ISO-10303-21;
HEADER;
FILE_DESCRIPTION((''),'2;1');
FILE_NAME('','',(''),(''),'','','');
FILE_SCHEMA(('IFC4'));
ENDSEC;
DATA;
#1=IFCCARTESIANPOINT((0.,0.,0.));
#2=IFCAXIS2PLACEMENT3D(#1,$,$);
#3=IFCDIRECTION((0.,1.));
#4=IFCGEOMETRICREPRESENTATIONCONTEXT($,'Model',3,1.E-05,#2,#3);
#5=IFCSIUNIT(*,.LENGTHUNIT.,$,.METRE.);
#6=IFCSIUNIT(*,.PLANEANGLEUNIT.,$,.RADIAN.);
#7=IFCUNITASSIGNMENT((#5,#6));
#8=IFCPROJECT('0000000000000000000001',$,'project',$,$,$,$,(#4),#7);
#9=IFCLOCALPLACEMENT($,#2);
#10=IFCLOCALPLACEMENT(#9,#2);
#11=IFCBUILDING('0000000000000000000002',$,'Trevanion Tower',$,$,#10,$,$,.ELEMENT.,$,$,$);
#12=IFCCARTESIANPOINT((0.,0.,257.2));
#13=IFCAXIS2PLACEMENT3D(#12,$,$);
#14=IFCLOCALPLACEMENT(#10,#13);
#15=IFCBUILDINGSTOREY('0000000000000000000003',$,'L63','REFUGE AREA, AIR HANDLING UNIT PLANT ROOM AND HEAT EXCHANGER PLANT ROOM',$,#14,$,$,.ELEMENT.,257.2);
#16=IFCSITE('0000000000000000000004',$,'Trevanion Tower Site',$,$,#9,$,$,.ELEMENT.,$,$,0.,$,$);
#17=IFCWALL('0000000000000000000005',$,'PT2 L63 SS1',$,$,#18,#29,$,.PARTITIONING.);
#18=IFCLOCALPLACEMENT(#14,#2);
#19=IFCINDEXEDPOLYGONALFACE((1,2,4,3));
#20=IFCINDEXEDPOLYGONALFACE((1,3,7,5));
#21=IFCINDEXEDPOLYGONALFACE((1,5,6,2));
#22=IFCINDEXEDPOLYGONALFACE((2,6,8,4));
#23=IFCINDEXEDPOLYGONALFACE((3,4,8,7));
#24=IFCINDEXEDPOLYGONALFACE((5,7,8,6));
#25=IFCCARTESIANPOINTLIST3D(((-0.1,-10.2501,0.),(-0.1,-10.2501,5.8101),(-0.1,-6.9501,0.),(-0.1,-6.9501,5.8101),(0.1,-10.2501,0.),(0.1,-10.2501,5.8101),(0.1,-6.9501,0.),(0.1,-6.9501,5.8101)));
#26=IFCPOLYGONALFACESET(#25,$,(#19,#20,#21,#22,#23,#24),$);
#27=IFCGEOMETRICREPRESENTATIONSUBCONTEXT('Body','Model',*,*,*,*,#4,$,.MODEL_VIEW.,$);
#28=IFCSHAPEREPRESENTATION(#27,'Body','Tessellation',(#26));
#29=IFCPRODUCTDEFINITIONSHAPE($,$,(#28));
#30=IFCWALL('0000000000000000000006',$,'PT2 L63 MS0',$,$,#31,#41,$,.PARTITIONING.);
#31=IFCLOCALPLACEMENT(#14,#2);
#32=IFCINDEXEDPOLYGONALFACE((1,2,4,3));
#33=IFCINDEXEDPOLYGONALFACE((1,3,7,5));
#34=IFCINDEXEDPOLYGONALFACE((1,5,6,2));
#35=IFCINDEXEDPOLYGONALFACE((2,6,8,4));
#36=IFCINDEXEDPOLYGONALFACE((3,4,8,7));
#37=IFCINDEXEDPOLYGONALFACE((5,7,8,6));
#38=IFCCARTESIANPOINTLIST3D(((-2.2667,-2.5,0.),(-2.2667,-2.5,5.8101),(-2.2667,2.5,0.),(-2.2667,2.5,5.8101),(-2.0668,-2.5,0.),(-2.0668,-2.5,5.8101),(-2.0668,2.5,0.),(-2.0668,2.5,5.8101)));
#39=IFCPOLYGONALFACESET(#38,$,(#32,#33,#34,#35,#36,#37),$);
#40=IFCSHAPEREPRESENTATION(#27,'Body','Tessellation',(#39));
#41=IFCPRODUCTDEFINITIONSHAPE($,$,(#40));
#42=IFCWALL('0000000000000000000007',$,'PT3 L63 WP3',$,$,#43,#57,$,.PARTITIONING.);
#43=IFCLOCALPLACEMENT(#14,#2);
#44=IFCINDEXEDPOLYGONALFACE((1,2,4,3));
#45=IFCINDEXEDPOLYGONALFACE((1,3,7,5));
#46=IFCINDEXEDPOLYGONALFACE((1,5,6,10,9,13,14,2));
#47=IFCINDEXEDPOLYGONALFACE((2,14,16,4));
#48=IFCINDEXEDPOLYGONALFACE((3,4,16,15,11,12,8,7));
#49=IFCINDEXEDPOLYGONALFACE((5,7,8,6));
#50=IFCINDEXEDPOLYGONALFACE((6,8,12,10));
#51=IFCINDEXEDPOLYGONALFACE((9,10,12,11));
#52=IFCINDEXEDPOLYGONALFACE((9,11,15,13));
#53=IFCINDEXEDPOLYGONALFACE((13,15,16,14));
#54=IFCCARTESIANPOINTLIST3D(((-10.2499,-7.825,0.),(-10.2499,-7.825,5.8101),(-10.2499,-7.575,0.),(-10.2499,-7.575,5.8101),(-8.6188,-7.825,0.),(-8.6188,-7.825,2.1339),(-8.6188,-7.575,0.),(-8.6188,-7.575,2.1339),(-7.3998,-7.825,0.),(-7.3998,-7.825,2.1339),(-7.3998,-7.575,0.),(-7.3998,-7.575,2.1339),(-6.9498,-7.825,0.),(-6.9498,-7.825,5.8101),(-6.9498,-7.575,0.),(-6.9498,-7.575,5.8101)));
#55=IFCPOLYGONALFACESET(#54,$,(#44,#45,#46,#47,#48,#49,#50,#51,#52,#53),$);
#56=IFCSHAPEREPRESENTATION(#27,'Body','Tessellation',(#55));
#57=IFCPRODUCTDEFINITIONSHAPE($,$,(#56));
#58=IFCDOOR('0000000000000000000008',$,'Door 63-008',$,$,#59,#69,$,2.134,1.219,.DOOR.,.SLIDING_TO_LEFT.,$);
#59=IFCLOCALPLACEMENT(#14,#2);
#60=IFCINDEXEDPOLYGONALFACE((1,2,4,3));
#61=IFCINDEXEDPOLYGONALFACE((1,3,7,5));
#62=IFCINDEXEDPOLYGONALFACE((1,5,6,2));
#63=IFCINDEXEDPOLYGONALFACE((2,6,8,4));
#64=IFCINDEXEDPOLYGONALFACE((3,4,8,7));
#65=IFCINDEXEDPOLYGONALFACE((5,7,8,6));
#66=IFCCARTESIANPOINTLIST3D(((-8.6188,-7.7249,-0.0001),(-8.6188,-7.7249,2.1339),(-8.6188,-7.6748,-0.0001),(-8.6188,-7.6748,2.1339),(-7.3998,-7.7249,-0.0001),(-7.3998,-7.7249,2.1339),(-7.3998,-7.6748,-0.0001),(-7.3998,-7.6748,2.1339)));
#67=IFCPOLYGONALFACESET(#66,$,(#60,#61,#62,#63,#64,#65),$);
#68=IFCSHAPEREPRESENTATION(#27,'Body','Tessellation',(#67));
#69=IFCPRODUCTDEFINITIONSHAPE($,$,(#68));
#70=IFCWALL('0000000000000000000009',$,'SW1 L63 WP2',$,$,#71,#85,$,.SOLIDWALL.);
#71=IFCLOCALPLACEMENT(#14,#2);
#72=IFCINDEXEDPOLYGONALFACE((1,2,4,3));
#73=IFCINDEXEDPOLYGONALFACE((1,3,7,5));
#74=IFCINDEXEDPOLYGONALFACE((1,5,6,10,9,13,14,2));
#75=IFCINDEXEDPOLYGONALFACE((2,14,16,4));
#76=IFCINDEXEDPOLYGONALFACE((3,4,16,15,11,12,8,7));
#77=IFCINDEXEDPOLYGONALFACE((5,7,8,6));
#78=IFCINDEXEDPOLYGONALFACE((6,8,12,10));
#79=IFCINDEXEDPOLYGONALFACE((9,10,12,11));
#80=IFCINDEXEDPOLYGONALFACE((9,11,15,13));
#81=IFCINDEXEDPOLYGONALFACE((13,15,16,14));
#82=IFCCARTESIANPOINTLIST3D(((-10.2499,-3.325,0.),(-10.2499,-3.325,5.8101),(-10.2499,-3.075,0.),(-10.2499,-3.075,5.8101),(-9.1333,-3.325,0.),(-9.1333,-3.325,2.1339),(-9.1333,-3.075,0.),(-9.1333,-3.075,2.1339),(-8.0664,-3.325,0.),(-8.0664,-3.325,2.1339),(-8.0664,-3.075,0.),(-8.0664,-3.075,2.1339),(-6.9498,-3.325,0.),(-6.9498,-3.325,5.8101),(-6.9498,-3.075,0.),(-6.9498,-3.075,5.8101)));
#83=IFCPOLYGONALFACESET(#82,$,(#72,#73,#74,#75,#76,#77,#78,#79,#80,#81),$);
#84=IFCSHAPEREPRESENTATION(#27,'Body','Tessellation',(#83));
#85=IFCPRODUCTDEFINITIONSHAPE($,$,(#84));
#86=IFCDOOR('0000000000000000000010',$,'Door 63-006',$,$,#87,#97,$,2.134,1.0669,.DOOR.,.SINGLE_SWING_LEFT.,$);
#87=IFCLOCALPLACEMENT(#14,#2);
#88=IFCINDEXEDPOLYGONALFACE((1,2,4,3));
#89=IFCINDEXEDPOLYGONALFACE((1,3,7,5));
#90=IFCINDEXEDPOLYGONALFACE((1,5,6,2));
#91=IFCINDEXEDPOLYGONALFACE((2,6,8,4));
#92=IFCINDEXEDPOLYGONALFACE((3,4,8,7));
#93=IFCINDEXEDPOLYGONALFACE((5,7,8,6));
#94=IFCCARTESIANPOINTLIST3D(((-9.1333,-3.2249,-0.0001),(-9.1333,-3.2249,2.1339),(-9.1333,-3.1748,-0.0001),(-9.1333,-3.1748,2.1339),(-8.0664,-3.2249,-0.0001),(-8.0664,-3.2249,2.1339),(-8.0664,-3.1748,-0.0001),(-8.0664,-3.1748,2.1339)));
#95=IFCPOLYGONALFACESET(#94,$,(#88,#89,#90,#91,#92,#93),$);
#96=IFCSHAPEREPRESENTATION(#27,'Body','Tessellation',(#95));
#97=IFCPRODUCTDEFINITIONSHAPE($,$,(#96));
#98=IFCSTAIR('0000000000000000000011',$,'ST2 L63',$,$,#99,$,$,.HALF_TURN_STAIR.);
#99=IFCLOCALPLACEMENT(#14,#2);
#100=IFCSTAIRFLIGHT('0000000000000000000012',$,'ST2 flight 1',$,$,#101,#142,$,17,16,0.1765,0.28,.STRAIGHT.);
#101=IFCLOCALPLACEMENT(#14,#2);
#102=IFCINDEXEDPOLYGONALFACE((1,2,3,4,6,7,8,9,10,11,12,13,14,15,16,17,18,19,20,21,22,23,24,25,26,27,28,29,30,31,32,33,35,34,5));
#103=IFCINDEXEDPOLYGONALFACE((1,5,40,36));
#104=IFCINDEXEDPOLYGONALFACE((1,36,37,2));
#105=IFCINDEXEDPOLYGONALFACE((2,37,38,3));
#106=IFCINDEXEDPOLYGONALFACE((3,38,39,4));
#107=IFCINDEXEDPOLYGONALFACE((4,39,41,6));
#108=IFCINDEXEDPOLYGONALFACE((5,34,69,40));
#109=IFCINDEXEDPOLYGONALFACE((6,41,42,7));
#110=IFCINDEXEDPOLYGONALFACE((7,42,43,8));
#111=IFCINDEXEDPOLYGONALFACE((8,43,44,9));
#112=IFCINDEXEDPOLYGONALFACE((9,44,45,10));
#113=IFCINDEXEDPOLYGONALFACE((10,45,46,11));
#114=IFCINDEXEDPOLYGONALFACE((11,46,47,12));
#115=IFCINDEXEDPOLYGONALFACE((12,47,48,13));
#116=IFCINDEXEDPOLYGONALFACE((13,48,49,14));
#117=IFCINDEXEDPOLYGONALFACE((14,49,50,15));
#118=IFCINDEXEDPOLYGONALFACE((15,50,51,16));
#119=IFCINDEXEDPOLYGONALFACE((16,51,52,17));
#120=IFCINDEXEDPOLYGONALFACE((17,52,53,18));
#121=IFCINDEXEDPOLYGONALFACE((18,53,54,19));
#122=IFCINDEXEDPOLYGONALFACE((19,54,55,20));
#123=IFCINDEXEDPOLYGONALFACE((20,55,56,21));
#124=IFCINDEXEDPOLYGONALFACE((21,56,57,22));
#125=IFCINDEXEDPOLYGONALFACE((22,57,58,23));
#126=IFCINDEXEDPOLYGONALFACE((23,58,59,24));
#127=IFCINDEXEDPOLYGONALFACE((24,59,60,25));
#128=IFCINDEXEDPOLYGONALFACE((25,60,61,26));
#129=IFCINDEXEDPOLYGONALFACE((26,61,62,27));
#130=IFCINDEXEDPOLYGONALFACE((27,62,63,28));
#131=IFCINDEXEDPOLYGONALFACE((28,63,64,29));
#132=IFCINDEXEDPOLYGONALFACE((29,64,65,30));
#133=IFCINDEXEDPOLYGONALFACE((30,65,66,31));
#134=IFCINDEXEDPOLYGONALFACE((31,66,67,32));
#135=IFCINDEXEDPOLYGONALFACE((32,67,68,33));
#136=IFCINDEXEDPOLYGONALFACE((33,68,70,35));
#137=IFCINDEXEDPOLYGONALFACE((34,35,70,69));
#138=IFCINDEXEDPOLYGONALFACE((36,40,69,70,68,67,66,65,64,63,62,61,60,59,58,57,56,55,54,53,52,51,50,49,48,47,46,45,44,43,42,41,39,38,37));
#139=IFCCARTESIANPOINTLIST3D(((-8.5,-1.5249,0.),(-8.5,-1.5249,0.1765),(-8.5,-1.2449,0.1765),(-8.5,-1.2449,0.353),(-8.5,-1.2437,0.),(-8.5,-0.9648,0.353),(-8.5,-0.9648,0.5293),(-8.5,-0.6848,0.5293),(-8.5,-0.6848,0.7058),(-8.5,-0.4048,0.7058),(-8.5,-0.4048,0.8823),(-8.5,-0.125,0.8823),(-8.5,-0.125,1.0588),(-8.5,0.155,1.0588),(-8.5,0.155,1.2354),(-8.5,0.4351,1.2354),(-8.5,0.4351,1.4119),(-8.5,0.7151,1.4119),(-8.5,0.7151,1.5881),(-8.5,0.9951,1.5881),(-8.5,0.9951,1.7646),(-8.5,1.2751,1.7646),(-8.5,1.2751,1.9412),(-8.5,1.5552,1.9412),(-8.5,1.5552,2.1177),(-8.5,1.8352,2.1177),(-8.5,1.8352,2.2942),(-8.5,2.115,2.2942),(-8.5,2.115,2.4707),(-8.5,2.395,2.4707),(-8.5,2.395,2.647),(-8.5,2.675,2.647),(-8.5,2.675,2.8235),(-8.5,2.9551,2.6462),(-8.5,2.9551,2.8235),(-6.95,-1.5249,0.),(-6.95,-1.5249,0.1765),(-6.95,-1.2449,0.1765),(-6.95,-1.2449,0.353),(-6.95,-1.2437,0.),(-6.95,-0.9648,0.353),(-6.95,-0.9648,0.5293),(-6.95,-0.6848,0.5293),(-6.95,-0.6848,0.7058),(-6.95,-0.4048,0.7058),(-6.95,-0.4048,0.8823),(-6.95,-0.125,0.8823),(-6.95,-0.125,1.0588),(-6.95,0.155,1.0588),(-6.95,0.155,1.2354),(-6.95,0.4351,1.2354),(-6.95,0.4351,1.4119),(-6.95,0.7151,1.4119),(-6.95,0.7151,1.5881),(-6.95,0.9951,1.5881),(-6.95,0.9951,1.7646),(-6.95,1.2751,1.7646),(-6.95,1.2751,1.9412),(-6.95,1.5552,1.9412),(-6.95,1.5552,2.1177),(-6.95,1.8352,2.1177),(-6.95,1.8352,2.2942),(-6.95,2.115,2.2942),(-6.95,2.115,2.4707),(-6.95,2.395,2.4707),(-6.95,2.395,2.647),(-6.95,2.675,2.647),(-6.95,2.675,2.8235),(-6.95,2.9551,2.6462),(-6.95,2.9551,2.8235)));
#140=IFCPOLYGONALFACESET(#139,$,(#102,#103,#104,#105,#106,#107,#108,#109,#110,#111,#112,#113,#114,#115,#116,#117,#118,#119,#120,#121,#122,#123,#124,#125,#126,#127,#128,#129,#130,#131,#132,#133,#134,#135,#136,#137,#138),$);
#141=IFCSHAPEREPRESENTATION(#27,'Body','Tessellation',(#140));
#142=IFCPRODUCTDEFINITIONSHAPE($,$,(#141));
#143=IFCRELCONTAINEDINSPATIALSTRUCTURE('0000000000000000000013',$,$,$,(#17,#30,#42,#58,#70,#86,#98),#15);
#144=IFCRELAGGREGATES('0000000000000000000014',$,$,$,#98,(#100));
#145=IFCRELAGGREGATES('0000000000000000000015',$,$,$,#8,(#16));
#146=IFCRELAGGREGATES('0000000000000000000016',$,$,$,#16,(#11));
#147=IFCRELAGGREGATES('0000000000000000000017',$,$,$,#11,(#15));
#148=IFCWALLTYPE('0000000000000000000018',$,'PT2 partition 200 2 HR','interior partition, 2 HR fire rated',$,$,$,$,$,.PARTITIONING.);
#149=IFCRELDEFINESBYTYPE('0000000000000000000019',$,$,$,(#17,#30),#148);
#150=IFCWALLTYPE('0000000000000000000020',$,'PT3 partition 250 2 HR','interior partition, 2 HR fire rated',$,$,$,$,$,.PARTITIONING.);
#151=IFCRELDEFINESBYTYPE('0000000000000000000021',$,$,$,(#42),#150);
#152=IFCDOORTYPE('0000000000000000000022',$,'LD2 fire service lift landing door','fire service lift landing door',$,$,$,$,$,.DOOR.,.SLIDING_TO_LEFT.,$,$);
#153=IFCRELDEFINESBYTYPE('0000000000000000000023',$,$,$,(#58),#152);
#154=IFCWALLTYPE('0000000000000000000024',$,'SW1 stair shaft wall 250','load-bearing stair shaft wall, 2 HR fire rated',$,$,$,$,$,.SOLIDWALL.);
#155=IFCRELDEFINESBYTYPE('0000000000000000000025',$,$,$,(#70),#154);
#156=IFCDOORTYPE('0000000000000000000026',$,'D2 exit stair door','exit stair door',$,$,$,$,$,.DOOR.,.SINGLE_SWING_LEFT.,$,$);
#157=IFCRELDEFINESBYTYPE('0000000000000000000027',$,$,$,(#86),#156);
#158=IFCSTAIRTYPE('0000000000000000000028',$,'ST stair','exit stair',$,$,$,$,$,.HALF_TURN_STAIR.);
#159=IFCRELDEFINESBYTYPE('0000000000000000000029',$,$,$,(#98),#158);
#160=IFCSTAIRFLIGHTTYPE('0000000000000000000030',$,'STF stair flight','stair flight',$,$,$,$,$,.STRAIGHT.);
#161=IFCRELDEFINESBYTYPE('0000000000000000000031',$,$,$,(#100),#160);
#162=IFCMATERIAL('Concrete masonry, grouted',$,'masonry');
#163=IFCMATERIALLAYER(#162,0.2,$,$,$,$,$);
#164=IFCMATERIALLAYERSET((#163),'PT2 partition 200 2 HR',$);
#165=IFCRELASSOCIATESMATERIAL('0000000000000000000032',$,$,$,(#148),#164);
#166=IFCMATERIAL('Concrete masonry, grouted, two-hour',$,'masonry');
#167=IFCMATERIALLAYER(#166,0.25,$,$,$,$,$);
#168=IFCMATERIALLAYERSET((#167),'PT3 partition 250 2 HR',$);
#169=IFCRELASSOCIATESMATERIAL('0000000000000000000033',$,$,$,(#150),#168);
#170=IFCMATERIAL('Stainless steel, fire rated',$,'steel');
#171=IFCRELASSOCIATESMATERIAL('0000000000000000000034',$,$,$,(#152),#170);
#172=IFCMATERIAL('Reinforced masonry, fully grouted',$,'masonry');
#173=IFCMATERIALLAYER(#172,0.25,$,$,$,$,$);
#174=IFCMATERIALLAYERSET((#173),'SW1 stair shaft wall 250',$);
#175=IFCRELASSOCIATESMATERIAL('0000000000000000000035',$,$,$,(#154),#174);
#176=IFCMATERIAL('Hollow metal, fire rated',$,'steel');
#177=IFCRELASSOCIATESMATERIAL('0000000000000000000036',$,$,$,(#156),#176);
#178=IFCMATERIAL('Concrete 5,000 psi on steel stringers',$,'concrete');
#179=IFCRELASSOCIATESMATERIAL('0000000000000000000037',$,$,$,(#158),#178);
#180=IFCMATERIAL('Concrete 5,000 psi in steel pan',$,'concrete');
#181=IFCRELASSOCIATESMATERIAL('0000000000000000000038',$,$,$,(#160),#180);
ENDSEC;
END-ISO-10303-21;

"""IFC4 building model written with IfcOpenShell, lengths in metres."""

from ifc_helpers import new_model, si_unit, direction, frame, frame_2d, origin, place, context, subcontext, project, spatial, polyline, rectangle, outline, extrude, material, layer, layer_set, type_object, element, fill, aggregate, save


model = new_model("IFC4")

# Units and contexts
model_context = context("Model", 3, precision=1e-05, world=origin(), true_north=direction((0.0, 1.0)))
body_context = subcontext(model_context, "Body", "Model", "MODEL_VIEW")
ifc_project = project(units=[si_unit("LENGTHUNIT", "METRE"), si_unit("PLANEANGLEUNIT", "RADIAN")], contexts=[model_context])

# Site, building, storey
site_placement = place(None, origin())
site = spatial("IfcSite", under=ifc_project, at=site_placement, Name="Trevanion Tower Site", CompositionType="ELEMENT", RefElevation=0.0)
building_placement = place(site_placement, origin())
building = spatial("IfcBuilding", under=site, at=building_placement, Name="Trevanion Tower", CompositionType="ELEMENT")
storey_placement = place(building_placement, frame((0.0, 0.0, 257.2)))
storey = spatial("IfcBuildingStorey", under=building, at=storey_placement, Name="L63", Description="REFUGE AREA, AIR HANDLING UNIT PLANT ROOM AND HEAT EXCHANGER PLANT ROOM", CompositionType="ELEMENT", Elevation=257.2)

# Walls
ifc_material_1 = material(Name="Concrete masonry, grouted", Category="masonry")
ifc_layer_1 = layer(ifc_material_1, 0.2)
ifc_layer_set_1 = layer_set([ifc_layer_1], Name="PT2 partition 200 2 HR")
wall_type_1 = type_object("IfcWallType", Name="PT2 partition 200 2 HR", Description="interior partition, 2 HR fire rated", PredefinedType="PARTITIONING", material=ifc_layer_set_1)
for number, where, z_axis, x_axis, name in (
    (1, (0.0, -10.25, 0.0), (0.0, 0.0, 1.0), (0.0, 1.0, 0.0), "PT2 L63 SS1"),
):
    element("IfcWall", number, at=place(storey_placement, frame(where, z_axis=z_axis, x_axis=x_axis)), inside=storey, type_object=wall_type_1, Name=name, PredefinedType="PARTITIONING", context=body_context, shape_type="SweptSolid", body=[
        extrude(rectangle(XDim=3.3, YDim=0.2, at=frame_2d((1.6499, 0.0))), origin(), (0.0, 0.0, 1.0), 5.8101),
    ])
wall_1_placement = place(storey_placement, frame((-2.1667, -2.5, 0.0), z_axis=(0.0, 0.0, 1.0), x_axis=(0.0, 1.0, 0.0)))
element("IfcWall", 2, at=wall_1_placement, inside=storey, type_object=wall_type_1, Name="PT2 L63 MS0", PredefinedType="PARTITIONING", context=body_context, shape_type="SweptSolid", body=[
    extrude(rectangle(XDim=5.0, YDim=0.2, at=frame_2d((2.5, 0.0))), origin(), (0.0, 0.0, 1.0), 5.8101),
])

# Walls, openings, doors
ifc_material_2 = material(Name="Concrete masonry, grouted, two-hour", Category="masonry")
ifc_layer_2 = layer(ifc_material_2, 0.25)
ifc_layer_set_2 = layer_set([ifc_layer_2], Name="PT3 partition 250 2 HR")
wall_type_2 = type_object("IfcWallType", Name="PT3 partition 250 2 HR", Description="interior partition, 2 HR fire rated", PredefinedType="PARTITIONING", material=ifc_layer_set_2)
wall_2_placement = place(storey_placement, frame((-6.95, -7.7, 0.0), z_axis=(0.0, 0.0, 1.0), x_axis=(-1.0, 0.0, 0.0)))
wall_2 = element("IfcWall", 3, at=wall_2_placement, inside=storey, type_object=wall_type_2, Name="PT3 L63 WP3", PredefinedType="PARTITIONING", context=body_context, shape_type="SweptSolid", body=[
    extrude(rectangle(XDim=3.3, YDim=0.25, at=frame_2d((1.6499, 0.0))), origin(), (0.0, 0.0, 1.0), 5.8101),
])
opening_1_placement = place(wall_2_placement, frame((0.45, 0.0, 0.0)))
opening_1 = element("IfcOpeningElement", 4, at=opening_1_placement, cuts=wall_2, PredefinedType="OPENING", context=body_context, shape_type="SweptSolid", body=[
    extrude(rectangle(XDim=1.219, YDim=2.134, at=frame_2d((0.6094, 1.0669))), frame((0.0, 0.135, 0.0), z_axis=(0.0, -1.0, 0.0), x_axis=(1.0, 0.0, 0.0)), (0.0, 0.0, 1.0), 0.27),
])
ifc_material_3 = material(Name="Stainless steel, fire rated", Category="steel")
door_type_1 = type_object("IfcDoorType", Name="LD2 fire service lift landing door", Description="fire service lift landing door", OperationType="SLIDING_TO_LEFT", PredefinedType="DOOR", material=ifc_material_3)
door_1_placement = place(opening_1_placement, origin())
door_1 = element("IfcDoor", 5, at=door_1_placement, inside=storey, type_object=door_type_1, Name="Door 63-008", OperationType="SLIDING_TO_LEFT", OverallHeight=2.134, OverallWidth=1.219, PredefinedType="DOOR", context=body_context, shape_type="SweptSolid", body=[
    extrude(rectangle(XDim=1.219, YDim=2.134, at=frame_2d((0.6094, 1.0669))), frame((0.0, 0.0249, 0.0), z_axis=(0.0, -1.0, 0.0), x_axis=(1.0, 0.0, 0.0)), (0.0, 0.0, 1.0), 0.05),
])
fill(opening_1, door_1)
ifc_material_4 = material(Name="Reinforced masonry, fully grouted", Category="masonry")
ifc_layer_3 = layer(ifc_material_4, 0.25)
ifc_layer_set_3 = layer_set([ifc_layer_3], Name="SW1 stair shaft wall 250")
wall_type_3 = type_object("IfcWallType", Name="SW1 stair shaft wall 250", Description="load-bearing stair shaft wall, 2 HR fire rated", PredefinedType="SOLIDWALL", material=ifc_layer_set_3)
wall_3_placement = place(storey_placement, frame((-6.95, -3.2, 0.0), z_axis=(0.0, 0.0, 1.0), x_axis=(-1.0, 0.0, 0.0)))
wall_3 = element("IfcWall", 6, at=wall_3_placement, inside=storey, type_object=wall_type_3, Name="SW1 L63 WP2", PredefinedType="SOLIDWALL", context=body_context, shape_type="SweptSolid", body=[
    extrude(rectangle(XDim=3.3, YDim=0.25, at=frame_2d((1.6499, 0.0))), origin(), (0.0, 0.0, 1.0), 5.8101),
])
opening_2_placement = place(wall_3_placement, frame((1.1165, 0.0, 0.0)))
opening_2 = element("IfcOpeningElement", 7, at=opening_2_placement, cuts=wall_3, PredefinedType="OPENING", context=body_context, shape_type="SweptSolid", body=[
    extrude(rectangle(XDim=1.0669, YDim=2.134, at=frame_2d((0.5334, 1.0669))), frame((0.0, 0.135, 0.0), z_axis=(0.0, -1.0, 0.0), x_axis=(1.0, 0.0, 0.0)), (0.0, 0.0, 1.0), 0.27),
])
ifc_material_5 = material(Name="Hollow metal, fire rated", Category="steel")
door_type_2 = type_object("IfcDoorType", Name="D2 exit stair door", Description="exit stair door", OperationType="SINGLE_SWING_LEFT", PredefinedType="DOOR", material=ifc_material_5)
door_2_placement = place(opening_2_placement, origin())
door_2 = element("IfcDoor", 8, at=door_2_placement, inside=storey, type_object=door_type_2, Name="Door 63-006", OperationType="SINGLE_SWING_LEFT", OverallHeight=2.134, OverallWidth=1.0669, PredefinedType="DOOR", context=body_context, shape_type="SweptSolid", body=[
    extrude(rectangle(XDim=1.0669, YDim=2.134, at=frame_2d((0.5334, 1.0669))), frame((0.0, 0.0249, 0.0), z_axis=(0.0, -1.0, 0.0), x_axis=(1.0, 0.0, 0.0)), (0.0, 0.0, 1.0), 0.05),
])
fill(opening_2, door_2)

# Stair, stair flight
ifc_material_6 = material(Name="Concrete 5,000 psi on steel stringers", Category="concrete")
stair_type = type_object("IfcStairType", Name="ST stair", Description="exit stair", PredefinedType="HALF_TURN_STAIR", material=ifc_material_6)
stair_placement = place(storey_placement, origin())
stair = element("IfcStair", 9, at=stair_placement, inside=storey, type_object=stair_type, Name="ST2 L63", PredefinedType="HALF_TURN_STAIR")
ifc_material_7 = material(Name="Concrete 5,000 psi in steel pan", Category="concrete")
stair_flight_type = type_object("IfcStairFlightType", Name="STF stair flight", Description="stair flight", PredefinedType="STRAIGHT", material=ifc_material_7)
stair_flight_placement = place(storey_placement, frame((-7.7251, -1.5249, 0.0), z_axis=(0.0, 0.0, 1.0), x_axis=(0.0, 1.0, 0.0)))
stair_flight = element("IfcStairFlight", 10, at=stair_flight_placement, type_object=stair_flight_type, Name="ST2 flight 1", NumberOfRisers=17, NumberOfTreads=16, PredefinedType="STRAIGHT", RiserHeight=0.1765, TreadLength=0.28, context=body_context, shape_type="SweptSolid", body=[
    extrude(outline(polyline([(0.0, 0.0), (0.0, 0.1765), (0.28, 0.1765), (0.28, 0.353), (0.5601, 0.353), (0.5601, 0.5293), (0.8401, 0.5293), (0.8401, 0.7058), (1.1201, 0.7058), (1.1201, 0.8823), (1.3999, 0.8823), (1.3999, 1.0588), (1.6799, 1.0588), (1.6799, 1.2354), (1.96, 1.2354), (1.96, 1.4119), (2.24, 1.4119), (2.24, 1.5881), (2.52, 1.5881), (2.52, 1.7646), (2.8, 1.7646), (2.8, 1.9412), (3.0801, 1.9412), (3.0801, 2.1177), (3.3601, 2.1177), (3.3601, 2.2942), (3.6399, 2.2942), (3.6399, 2.4707), (3.9199, 2.4707), (3.9199, 2.647), (4.2, 2.647), (4.2, 2.8235), (4.48, 2.8235), (4.48, 3.0), (4.48, 2.6462), (0.2812, 0.0), (0.0, 0.0)])), frame((0.0, 0.7749, 0.0), z_axis=(0.0, -1.0, 0.0), x_axis=(1.0, 0.0, 0.0)), (0.0, 0.0, 1.0), 1.55),
])
aggregate(stair, [stair_flight])

save(model, "model.ifc")
